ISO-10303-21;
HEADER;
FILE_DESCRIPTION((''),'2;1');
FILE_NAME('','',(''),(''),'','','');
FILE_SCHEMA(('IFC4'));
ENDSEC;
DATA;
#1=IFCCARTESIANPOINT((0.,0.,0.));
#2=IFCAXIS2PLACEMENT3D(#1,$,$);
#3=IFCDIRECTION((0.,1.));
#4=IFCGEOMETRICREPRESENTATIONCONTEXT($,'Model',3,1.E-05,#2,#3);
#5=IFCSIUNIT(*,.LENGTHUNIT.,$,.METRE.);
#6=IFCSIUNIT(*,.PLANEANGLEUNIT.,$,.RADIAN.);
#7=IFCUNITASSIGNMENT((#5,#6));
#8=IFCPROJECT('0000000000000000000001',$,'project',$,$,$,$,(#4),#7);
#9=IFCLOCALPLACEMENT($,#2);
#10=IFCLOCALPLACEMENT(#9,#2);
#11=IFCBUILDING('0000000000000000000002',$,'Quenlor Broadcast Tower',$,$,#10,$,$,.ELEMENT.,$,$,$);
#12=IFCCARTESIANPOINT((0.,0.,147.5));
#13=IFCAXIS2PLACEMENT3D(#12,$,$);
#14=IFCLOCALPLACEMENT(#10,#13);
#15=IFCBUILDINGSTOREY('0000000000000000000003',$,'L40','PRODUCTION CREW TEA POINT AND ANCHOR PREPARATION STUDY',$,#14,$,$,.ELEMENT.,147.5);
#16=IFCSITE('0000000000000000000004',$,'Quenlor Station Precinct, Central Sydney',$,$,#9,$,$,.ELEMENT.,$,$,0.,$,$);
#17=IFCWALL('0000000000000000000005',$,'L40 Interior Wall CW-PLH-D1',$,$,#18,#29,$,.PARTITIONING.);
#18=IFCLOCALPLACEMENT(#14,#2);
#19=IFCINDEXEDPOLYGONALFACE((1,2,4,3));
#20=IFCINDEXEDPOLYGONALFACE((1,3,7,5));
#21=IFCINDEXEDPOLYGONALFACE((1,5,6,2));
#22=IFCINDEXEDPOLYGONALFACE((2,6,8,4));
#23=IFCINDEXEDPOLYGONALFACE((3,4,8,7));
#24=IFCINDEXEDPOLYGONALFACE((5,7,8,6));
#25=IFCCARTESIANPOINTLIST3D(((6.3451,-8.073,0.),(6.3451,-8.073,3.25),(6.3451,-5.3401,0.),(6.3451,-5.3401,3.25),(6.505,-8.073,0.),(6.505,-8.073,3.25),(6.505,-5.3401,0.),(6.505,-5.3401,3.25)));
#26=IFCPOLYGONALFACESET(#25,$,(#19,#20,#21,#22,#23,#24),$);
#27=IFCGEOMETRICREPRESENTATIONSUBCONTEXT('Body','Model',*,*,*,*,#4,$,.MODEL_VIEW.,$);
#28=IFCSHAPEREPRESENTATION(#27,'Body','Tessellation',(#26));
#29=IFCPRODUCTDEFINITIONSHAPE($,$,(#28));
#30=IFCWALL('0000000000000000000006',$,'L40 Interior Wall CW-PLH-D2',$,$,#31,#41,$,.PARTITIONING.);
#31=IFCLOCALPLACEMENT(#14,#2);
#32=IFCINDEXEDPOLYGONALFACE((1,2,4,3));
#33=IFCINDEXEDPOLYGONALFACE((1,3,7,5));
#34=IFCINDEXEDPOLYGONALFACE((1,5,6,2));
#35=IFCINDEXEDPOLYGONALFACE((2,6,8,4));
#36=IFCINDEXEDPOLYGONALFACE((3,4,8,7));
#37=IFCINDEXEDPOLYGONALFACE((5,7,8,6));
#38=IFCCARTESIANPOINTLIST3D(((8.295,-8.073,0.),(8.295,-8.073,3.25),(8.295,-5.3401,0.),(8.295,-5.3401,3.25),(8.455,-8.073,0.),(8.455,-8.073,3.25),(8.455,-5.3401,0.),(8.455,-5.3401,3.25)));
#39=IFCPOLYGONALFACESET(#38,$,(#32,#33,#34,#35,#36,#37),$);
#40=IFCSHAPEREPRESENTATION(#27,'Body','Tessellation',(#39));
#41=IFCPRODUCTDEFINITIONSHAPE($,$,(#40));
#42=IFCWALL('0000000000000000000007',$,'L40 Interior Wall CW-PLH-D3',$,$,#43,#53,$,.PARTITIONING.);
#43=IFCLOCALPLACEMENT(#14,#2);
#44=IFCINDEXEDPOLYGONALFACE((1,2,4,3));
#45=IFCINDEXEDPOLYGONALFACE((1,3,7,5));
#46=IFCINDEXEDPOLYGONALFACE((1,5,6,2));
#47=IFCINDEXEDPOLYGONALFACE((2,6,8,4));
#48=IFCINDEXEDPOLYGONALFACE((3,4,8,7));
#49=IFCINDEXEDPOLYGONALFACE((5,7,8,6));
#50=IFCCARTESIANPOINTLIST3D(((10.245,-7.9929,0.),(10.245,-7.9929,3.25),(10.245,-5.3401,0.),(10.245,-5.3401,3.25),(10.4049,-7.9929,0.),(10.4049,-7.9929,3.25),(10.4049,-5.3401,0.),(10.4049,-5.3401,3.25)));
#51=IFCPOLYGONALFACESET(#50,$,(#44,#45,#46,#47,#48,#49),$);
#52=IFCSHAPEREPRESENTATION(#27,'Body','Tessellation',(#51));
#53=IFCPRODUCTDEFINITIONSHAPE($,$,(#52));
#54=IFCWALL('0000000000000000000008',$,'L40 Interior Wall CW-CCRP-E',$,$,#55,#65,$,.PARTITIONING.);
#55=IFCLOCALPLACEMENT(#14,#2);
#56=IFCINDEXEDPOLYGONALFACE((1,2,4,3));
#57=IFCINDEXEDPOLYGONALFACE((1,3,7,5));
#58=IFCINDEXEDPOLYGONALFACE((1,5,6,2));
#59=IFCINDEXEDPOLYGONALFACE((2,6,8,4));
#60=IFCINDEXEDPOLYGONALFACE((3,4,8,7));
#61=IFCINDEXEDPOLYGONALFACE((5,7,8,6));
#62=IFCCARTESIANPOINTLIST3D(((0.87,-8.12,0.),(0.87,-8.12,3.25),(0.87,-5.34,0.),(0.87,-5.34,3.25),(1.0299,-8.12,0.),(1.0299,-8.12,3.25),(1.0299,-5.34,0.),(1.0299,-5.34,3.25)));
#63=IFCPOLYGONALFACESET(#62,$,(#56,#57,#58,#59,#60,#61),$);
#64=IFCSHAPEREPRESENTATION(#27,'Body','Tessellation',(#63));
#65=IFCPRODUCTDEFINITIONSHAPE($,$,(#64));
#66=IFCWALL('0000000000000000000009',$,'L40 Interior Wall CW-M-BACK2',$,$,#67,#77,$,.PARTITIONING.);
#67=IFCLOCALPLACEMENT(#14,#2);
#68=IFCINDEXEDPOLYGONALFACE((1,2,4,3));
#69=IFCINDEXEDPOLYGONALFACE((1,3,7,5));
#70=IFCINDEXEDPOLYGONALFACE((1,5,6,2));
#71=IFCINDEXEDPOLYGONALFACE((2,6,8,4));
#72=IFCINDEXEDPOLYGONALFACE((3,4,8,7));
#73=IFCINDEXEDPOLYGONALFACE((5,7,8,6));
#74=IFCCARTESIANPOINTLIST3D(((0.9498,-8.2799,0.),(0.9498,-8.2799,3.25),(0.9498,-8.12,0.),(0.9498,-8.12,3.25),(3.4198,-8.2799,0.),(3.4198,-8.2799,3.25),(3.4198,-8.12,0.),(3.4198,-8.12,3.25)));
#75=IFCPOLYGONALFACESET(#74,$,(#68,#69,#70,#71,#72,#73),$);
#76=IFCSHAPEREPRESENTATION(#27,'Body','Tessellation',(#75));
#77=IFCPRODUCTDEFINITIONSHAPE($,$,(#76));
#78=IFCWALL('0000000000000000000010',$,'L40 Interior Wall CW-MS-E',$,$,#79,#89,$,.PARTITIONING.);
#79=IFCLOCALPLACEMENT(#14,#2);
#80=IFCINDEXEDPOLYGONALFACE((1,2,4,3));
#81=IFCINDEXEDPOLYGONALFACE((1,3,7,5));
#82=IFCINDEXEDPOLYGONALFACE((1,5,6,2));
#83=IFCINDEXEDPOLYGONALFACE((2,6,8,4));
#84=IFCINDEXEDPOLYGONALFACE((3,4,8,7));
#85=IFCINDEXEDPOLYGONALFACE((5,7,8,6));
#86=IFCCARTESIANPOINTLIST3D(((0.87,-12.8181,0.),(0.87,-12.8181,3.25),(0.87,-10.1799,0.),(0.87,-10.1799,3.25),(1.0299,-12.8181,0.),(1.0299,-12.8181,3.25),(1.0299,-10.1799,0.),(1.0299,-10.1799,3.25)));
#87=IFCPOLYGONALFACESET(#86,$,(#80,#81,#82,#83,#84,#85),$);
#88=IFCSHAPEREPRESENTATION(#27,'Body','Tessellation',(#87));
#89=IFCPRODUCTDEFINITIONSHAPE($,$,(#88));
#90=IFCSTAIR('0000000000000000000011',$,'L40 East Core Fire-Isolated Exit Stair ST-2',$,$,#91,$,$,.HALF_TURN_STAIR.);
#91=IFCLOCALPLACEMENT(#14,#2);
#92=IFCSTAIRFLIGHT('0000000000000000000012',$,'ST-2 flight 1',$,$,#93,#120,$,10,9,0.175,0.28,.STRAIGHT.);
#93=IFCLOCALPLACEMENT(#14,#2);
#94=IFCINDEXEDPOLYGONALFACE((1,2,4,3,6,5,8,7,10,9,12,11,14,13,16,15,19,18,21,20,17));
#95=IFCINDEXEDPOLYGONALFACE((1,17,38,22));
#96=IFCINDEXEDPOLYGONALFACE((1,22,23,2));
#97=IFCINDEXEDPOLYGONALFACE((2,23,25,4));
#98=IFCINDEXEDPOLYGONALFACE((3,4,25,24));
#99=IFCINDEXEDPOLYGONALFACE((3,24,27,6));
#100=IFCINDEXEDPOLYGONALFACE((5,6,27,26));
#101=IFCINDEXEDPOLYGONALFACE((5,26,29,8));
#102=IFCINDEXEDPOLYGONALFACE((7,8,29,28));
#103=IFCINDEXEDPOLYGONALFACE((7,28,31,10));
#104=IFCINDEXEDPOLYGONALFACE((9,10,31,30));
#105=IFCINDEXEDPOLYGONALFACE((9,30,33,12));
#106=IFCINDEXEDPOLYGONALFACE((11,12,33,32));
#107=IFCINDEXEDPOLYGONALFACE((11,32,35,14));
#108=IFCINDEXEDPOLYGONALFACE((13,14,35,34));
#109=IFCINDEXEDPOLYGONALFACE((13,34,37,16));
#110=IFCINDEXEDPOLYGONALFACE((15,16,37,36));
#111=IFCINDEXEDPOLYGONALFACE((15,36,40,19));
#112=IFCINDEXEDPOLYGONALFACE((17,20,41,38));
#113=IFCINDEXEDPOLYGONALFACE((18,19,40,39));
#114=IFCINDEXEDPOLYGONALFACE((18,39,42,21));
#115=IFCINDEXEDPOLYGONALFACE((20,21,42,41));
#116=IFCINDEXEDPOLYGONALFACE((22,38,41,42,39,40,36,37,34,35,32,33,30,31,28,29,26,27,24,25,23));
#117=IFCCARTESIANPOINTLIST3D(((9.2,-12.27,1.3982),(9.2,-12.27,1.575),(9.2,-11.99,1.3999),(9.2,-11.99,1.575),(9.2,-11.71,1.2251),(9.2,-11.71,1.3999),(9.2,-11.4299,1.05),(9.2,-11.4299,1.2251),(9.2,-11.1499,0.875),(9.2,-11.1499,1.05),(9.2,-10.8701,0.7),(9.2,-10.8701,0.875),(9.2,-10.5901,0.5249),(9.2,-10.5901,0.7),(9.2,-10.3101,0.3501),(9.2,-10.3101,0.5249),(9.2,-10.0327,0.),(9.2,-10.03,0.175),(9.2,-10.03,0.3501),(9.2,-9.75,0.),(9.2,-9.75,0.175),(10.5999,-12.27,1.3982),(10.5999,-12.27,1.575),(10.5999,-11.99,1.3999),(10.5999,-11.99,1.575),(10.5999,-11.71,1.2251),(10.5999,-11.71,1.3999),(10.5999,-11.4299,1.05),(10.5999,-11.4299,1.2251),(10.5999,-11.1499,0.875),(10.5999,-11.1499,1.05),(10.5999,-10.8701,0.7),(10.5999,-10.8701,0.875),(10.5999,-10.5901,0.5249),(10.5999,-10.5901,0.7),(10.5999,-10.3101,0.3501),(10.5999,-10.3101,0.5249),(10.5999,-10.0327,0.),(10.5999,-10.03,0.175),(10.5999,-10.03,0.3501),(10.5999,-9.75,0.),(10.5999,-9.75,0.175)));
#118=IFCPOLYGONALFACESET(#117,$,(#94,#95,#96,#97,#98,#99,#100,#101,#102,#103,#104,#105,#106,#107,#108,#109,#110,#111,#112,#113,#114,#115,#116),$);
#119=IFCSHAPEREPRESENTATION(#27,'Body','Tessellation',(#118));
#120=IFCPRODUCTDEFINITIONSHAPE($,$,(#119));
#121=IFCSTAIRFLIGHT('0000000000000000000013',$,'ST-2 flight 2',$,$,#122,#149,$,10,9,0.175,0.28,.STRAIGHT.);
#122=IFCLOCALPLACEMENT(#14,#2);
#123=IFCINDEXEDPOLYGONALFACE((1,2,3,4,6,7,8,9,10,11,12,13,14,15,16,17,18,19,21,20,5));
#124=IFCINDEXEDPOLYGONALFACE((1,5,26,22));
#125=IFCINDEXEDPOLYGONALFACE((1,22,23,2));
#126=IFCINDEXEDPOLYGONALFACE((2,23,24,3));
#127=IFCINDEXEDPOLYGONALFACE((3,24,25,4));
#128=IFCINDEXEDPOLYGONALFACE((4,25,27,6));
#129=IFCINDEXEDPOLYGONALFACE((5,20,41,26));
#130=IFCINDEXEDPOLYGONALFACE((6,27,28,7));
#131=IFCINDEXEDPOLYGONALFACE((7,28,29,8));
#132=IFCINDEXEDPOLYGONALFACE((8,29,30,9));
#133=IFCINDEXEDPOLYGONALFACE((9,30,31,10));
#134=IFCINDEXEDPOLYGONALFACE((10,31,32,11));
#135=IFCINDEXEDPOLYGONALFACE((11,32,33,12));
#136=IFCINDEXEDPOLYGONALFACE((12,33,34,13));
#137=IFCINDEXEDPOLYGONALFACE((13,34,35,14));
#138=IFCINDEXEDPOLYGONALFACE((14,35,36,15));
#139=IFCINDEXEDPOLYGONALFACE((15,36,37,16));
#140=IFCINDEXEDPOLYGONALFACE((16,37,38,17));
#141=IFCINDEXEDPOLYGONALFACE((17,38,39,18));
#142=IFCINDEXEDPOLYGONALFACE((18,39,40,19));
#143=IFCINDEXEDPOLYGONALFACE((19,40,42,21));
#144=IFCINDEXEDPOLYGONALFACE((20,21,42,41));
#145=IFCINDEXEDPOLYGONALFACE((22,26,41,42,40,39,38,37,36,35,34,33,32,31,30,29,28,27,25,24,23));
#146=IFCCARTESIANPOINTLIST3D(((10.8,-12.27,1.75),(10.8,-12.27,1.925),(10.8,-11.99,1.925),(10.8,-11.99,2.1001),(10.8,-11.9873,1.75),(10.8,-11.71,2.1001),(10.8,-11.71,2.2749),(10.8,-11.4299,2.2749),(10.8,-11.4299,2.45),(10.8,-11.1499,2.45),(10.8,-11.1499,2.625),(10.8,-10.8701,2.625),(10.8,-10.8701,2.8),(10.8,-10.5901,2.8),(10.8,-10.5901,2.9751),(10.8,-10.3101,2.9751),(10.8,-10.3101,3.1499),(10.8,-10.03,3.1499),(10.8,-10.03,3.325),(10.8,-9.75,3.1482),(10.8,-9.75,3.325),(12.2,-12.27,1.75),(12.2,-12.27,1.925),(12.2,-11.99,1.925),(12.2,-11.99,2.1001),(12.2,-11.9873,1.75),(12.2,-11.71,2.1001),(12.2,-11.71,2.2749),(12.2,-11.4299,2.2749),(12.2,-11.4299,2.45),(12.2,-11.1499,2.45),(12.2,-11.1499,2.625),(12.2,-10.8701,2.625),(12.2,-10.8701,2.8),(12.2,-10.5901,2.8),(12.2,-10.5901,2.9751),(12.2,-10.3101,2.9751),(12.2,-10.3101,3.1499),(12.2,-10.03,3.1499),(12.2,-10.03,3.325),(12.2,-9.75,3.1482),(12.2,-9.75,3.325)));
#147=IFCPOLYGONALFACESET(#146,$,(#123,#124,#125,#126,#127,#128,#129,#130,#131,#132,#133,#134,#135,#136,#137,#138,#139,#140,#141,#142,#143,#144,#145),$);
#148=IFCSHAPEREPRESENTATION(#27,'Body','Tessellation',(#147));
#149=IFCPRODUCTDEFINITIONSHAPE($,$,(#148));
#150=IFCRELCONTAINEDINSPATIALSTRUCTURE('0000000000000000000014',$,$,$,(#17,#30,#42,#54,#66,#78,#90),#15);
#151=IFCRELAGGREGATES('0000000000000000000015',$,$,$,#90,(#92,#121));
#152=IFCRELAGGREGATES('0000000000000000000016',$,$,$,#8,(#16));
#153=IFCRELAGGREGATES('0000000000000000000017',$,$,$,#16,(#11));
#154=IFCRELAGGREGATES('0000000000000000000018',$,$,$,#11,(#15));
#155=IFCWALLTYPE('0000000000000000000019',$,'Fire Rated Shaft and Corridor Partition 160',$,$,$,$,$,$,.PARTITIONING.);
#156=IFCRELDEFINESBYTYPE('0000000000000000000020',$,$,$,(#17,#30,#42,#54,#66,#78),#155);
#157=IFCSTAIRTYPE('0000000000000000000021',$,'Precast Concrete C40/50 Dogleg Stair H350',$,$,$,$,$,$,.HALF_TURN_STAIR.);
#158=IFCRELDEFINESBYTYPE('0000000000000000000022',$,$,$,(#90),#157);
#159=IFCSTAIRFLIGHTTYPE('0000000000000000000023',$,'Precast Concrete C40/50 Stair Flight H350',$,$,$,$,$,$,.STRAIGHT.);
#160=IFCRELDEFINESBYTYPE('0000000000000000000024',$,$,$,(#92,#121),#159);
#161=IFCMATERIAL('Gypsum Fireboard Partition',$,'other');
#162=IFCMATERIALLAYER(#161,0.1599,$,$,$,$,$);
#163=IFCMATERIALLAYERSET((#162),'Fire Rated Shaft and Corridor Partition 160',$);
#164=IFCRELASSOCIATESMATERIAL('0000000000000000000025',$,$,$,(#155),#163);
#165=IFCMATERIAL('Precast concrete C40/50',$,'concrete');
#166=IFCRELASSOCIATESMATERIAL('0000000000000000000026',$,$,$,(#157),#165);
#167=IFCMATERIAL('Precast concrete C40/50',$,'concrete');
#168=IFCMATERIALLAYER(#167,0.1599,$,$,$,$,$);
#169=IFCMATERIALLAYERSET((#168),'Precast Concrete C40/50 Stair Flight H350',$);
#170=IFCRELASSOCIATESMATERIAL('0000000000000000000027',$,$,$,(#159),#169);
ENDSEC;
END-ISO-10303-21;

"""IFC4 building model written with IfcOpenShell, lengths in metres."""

from ifc_helpers import new_model, si_unit, direction, frame, frame_2d, origin, place, context, subcontext, project, spatial, polyline, rectangle, outline, extrude, material, layer, layer_set, type_object, element, aggregate, save


model = new_model("IFC4")

# Units and contexts
model_context = context("Model", 3, precision=1e-05, world=origin(), true_north=direction((0.0, 1.0)))
body_context = subcontext(model_context, "Body", "Model", "MODEL_VIEW")
ifc_project = project(units=[si_unit("LENGTHUNIT", "METRE"), si_unit("PLANEANGLEUNIT", "RADIAN")], contexts=[model_context])

# Site, building, storey
site_placement = place(None, origin())
site = spatial("IfcSite", under=ifc_project, at=site_placement, Name="Quenlor Station Precinct, Central Sydney", CompositionType="ELEMENT", RefElevation=0.0)
building_placement = place(site_placement, origin())
building = spatial("IfcBuilding", under=site, at=building_placement, Name="Quenlor Broadcast Tower", CompositionType="ELEMENT")
storey_placement = place(building_placement, frame((0.0, 0.0, 147.5)))
storey = spatial("IfcBuildingStorey", under=building, at=storey_placement, Name="L40", Description="PRODUCTION CREW TEA POINT AND ANCHOR PREPARATION STUDY", CompositionType="ELEMENT", Elevation=147.5)

# Walls
ifc_material_1 = material(Name="Gypsum Fireboard Partition", Category="other")
ifc_layer_1 = layer(ifc_material_1, 0.1599)
ifc_layer_set_1 = layer_set([ifc_layer_1], Name="Fire Rated Shaft and Corridor Partition 160")
wall_type_1 = type_object("IfcWallType", Name="Fire Rated Shaft and Corridor Partition 160", PredefinedType="PARTITIONING", material=ifc_layer_set_1)
for number, where, z_axis, x_axis, name in (
    (1, (6.425, -8.073, 0.0), (0.0, 0.0, 1.0), (0.0, 1.0, 0.0), "L40 Interior Wall CW-PLH-D1"),
    (2, (8.375, -8.073, 0.0), (0.0, 0.0, 1.0), (0.0, 1.0, 0.0), "L40 Interior Wall CW-PLH-D2"),
):
    element("IfcWall", number, at=place(storey_placement, frame(where, z_axis=z_axis, x_axis=x_axis)), inside=storey, type_object=wall_type_1, Name=name, PredefinedType="PARTITIONING", context=body_context, shape_type="SweptSolid", body=[
        extrude(rectangle(XDim=2.7329, YDim=0.1599, at=frame_2d((1.3665, 0.0))), origin(), (0.0, 0.0, 1.0), 3.25),
    ])
wall_1_placement = place(storey_placement, frame((10.325, -7.9929, 0.0), z_axis=(0.0, 0.0, 1.0), x_axis=(0.0, 1.0, 0.0)))
element("IfcWall", 3, at=wall_1_placement, inside=storey, type_object=wall_type_1, Name="L40 Interior Wall CW-PLH-D3", PredefinedType="PARTITIONING", context=body_context, shape_type="SweptSolid", body=[
    extrude(rectangle(XDim=2.6528, YDim=0.1599, at=frame_2d((1.3264, 0.0))), origin(), (0.0, 0.0, 1.0), 3.25),
])
wall_2_placement = place(storey_placement, frame((0.95, -8.1201, 0.0), z_axis=(0.0, 0.0, 1.0), x_axis=(0.0, 1.0, 0.0)))
element("IfcWall", 4, at=wall_2_placement, inside=storey, type_object=wall_type_1, Name="L40 Interior Wall CW-CCRP-E", PredefinedType="PARTITIONING", context=body_context, shape_type="SweptSolid", body=[
    extrude(rectangle(XDim=2.78, YDim=0.1599, at=frame_2d((1.3901, 0.0))), origin(), (0.0, 0.0, 1.0), 3.25),
])
wall_3_placement = place(storey_placement, frame((0.95, -8.2, 0.0), z_axis=(0.0, 0.0, 1.0), x_axis=(1.0, 0.0, 0.0)))
element("IfcWall", 5, at=wall_3_placement, inside=storey, type_object=wall_type_1, Name="L40 Interior Wall CW-M-BACK2", PredefinedType="PARTITIONING", context=body_context, shape_type="SweptSolid", body=[
    extrude(rectangle(XDim=2.47, YDim=0.1599, at=frame_2d((1.2349, 0.0))), origin(), (0.0, 0.0, 1.0), 3.25),
])
wall_4_placement = place(storey_placement, frame((0.95, -12.8181, 0.0), z_axis=(0.0, 0.0, 1.0), x_axis=(0.0, 1.0, 0.0)))
element("IfcWall", 6, at=wall_4_placement, inside=storey, type_object=wall_type_1, Name="L40 Interior Wall CW-MS-E", PredefinedType="PARTITIONING", context=body_context, shape_type="SweptSolid", body=[
    extrude(rectangle(XDim=2.6382, YDim=0.1599, at=frame_2d((1.3191, 0.0))), origin(), (0.0, 0.0, 1.0), 3.25),
])

# Stair, stair flights
ifc_material_2 = material(Name="Precast concrete C40/50", Category="concrete")
stair_type = type_object("IfcStairType", Name="Precast Concrete C40/50 Dogleg Stair H350", PredefinedType="HALF_TURN_STAIR", material=ifc_material_2)
stair_placement = place(storey_placement, origin())
stair = element("IfcStair", 7, at=stair_placement, inside=storey, type_object=stair_type, Name="L40 East Core Fire-Isolated Exit Stair ST-2", PredefinedType="HALF_TURN_STAIR")
ifc_material_3 = material(Name="Precast concrete C40/50", Category="concrete")
ifc_layer_2 = layer(ifc_material_3, 0.1599)
ifc_layer_set_2 = layer_set([ifc_layer_2], Name="Precast Concrete C40/50 Stair Flight H350")
stair_flight_type = type_object("IfcStairFlightType", Name="Precast Concrete C40/50 Stair Flight H350", PredefinedType="STRAIGHT", material=ifc_layer_set_2)
stair_flight_1_placement = place(storey_placement, frame((9.8999, -9.75, 0.0), z_axis=(0.0, 0.0, 1.0), x_axis=(0.0, -1.0, 0.0)))
stair_flight_1 = element("IfcStairFlight", 8, at=stair_flight_1_placement, type_object=stair_flight_type, Name="ST-2 flight 1", NumberOfRisers=10, NumberOfTreads=9, PredefinedType="STRAIGHT", RiserHeight=0.175, TreadLength=0.28, context=body_context, shape_type="SweptSolid", body=[
    extrude(outline(polyline([(0.0, 0.0), (0.0, 0.175), (0.28, 0.175), (0.28, 0.3501), (0.5601, 0.3501), (0.5601, 0.5249), (0.8401, 0.5249), (0.8401, 0.7), (1.1201, 0.7), (1.1201, 0.875), (1.3999, 0.875), (1.3999, 1.05), (1.6799, 1.05), (1.6799, 1.2251), (1.96, 1.2251), (1.96, 1.3999), (2.24, 1.3999), (2.24, 1.575), (2.52, 1.575), (2.52, 1.75), (2.52, 1.3982), (0.2827, 0.0), (0.0, 0.0)])), frame((0.0, 0.7, 0.0), z_axis=(0.0, -1.0, 0.0), x_axis=(1.0, 0.0, 0.0)), (0.0, 0.0, 1.0), 1.3999),
])
stair_flight_2_placement = place(storey_placement, frame((11.5, -12.27, 1.75), z_axis=(0.0, 0.0, 1.0), x_axis=(0.0, 1.0, 0.0)))
stair_flight_2 = element("IfcStairFlight", 9, at=stair_flight_2_placement, type_object=stair_flight_type, Name="ST-2 flight 2", NumberOfRisers=10, NumberOfTreads=9, PredefinedType="STRAIGHT", RiserHeight=0.175, TreadLength=0.28, context=body_context, shape_type="SweptSolid", body=[
    extrude(outline(polyline([(0.0, 0.0), (0.0, 0.175), (0.28, 0.175), (0.28, 0.3501), (0.5601, 0.3501), (0.5601, 0.5249), (0.8401, 0.5249), (0.8401, 0.7), (1.1201, 0.7), (1.1201, 0.875), (1.3999, 0.875), (1.3999, 1.05), (1.6799, 1.05), (1.6799, 1.2251), (1.96, 1.2251), (1.96, 1.3999), (2.24, 1.3999), (2.24, 1.575), (2.52, 1.575), (2.52, 1.75), (2.52, 1.3982), (0.2827, 0.0), (0.0, 0.0)])), frame((0.0, 0.7, 0.0), z_axis=(0.0, -1.0, 0.0), x_axis=(1.0, 0.0, 0.0)), (0.0, 0.0, 1.0), 1.3999),
])
aggregate(stair, [stair_flight_1, stair_flight_2])

save(model, "model.ifc")
